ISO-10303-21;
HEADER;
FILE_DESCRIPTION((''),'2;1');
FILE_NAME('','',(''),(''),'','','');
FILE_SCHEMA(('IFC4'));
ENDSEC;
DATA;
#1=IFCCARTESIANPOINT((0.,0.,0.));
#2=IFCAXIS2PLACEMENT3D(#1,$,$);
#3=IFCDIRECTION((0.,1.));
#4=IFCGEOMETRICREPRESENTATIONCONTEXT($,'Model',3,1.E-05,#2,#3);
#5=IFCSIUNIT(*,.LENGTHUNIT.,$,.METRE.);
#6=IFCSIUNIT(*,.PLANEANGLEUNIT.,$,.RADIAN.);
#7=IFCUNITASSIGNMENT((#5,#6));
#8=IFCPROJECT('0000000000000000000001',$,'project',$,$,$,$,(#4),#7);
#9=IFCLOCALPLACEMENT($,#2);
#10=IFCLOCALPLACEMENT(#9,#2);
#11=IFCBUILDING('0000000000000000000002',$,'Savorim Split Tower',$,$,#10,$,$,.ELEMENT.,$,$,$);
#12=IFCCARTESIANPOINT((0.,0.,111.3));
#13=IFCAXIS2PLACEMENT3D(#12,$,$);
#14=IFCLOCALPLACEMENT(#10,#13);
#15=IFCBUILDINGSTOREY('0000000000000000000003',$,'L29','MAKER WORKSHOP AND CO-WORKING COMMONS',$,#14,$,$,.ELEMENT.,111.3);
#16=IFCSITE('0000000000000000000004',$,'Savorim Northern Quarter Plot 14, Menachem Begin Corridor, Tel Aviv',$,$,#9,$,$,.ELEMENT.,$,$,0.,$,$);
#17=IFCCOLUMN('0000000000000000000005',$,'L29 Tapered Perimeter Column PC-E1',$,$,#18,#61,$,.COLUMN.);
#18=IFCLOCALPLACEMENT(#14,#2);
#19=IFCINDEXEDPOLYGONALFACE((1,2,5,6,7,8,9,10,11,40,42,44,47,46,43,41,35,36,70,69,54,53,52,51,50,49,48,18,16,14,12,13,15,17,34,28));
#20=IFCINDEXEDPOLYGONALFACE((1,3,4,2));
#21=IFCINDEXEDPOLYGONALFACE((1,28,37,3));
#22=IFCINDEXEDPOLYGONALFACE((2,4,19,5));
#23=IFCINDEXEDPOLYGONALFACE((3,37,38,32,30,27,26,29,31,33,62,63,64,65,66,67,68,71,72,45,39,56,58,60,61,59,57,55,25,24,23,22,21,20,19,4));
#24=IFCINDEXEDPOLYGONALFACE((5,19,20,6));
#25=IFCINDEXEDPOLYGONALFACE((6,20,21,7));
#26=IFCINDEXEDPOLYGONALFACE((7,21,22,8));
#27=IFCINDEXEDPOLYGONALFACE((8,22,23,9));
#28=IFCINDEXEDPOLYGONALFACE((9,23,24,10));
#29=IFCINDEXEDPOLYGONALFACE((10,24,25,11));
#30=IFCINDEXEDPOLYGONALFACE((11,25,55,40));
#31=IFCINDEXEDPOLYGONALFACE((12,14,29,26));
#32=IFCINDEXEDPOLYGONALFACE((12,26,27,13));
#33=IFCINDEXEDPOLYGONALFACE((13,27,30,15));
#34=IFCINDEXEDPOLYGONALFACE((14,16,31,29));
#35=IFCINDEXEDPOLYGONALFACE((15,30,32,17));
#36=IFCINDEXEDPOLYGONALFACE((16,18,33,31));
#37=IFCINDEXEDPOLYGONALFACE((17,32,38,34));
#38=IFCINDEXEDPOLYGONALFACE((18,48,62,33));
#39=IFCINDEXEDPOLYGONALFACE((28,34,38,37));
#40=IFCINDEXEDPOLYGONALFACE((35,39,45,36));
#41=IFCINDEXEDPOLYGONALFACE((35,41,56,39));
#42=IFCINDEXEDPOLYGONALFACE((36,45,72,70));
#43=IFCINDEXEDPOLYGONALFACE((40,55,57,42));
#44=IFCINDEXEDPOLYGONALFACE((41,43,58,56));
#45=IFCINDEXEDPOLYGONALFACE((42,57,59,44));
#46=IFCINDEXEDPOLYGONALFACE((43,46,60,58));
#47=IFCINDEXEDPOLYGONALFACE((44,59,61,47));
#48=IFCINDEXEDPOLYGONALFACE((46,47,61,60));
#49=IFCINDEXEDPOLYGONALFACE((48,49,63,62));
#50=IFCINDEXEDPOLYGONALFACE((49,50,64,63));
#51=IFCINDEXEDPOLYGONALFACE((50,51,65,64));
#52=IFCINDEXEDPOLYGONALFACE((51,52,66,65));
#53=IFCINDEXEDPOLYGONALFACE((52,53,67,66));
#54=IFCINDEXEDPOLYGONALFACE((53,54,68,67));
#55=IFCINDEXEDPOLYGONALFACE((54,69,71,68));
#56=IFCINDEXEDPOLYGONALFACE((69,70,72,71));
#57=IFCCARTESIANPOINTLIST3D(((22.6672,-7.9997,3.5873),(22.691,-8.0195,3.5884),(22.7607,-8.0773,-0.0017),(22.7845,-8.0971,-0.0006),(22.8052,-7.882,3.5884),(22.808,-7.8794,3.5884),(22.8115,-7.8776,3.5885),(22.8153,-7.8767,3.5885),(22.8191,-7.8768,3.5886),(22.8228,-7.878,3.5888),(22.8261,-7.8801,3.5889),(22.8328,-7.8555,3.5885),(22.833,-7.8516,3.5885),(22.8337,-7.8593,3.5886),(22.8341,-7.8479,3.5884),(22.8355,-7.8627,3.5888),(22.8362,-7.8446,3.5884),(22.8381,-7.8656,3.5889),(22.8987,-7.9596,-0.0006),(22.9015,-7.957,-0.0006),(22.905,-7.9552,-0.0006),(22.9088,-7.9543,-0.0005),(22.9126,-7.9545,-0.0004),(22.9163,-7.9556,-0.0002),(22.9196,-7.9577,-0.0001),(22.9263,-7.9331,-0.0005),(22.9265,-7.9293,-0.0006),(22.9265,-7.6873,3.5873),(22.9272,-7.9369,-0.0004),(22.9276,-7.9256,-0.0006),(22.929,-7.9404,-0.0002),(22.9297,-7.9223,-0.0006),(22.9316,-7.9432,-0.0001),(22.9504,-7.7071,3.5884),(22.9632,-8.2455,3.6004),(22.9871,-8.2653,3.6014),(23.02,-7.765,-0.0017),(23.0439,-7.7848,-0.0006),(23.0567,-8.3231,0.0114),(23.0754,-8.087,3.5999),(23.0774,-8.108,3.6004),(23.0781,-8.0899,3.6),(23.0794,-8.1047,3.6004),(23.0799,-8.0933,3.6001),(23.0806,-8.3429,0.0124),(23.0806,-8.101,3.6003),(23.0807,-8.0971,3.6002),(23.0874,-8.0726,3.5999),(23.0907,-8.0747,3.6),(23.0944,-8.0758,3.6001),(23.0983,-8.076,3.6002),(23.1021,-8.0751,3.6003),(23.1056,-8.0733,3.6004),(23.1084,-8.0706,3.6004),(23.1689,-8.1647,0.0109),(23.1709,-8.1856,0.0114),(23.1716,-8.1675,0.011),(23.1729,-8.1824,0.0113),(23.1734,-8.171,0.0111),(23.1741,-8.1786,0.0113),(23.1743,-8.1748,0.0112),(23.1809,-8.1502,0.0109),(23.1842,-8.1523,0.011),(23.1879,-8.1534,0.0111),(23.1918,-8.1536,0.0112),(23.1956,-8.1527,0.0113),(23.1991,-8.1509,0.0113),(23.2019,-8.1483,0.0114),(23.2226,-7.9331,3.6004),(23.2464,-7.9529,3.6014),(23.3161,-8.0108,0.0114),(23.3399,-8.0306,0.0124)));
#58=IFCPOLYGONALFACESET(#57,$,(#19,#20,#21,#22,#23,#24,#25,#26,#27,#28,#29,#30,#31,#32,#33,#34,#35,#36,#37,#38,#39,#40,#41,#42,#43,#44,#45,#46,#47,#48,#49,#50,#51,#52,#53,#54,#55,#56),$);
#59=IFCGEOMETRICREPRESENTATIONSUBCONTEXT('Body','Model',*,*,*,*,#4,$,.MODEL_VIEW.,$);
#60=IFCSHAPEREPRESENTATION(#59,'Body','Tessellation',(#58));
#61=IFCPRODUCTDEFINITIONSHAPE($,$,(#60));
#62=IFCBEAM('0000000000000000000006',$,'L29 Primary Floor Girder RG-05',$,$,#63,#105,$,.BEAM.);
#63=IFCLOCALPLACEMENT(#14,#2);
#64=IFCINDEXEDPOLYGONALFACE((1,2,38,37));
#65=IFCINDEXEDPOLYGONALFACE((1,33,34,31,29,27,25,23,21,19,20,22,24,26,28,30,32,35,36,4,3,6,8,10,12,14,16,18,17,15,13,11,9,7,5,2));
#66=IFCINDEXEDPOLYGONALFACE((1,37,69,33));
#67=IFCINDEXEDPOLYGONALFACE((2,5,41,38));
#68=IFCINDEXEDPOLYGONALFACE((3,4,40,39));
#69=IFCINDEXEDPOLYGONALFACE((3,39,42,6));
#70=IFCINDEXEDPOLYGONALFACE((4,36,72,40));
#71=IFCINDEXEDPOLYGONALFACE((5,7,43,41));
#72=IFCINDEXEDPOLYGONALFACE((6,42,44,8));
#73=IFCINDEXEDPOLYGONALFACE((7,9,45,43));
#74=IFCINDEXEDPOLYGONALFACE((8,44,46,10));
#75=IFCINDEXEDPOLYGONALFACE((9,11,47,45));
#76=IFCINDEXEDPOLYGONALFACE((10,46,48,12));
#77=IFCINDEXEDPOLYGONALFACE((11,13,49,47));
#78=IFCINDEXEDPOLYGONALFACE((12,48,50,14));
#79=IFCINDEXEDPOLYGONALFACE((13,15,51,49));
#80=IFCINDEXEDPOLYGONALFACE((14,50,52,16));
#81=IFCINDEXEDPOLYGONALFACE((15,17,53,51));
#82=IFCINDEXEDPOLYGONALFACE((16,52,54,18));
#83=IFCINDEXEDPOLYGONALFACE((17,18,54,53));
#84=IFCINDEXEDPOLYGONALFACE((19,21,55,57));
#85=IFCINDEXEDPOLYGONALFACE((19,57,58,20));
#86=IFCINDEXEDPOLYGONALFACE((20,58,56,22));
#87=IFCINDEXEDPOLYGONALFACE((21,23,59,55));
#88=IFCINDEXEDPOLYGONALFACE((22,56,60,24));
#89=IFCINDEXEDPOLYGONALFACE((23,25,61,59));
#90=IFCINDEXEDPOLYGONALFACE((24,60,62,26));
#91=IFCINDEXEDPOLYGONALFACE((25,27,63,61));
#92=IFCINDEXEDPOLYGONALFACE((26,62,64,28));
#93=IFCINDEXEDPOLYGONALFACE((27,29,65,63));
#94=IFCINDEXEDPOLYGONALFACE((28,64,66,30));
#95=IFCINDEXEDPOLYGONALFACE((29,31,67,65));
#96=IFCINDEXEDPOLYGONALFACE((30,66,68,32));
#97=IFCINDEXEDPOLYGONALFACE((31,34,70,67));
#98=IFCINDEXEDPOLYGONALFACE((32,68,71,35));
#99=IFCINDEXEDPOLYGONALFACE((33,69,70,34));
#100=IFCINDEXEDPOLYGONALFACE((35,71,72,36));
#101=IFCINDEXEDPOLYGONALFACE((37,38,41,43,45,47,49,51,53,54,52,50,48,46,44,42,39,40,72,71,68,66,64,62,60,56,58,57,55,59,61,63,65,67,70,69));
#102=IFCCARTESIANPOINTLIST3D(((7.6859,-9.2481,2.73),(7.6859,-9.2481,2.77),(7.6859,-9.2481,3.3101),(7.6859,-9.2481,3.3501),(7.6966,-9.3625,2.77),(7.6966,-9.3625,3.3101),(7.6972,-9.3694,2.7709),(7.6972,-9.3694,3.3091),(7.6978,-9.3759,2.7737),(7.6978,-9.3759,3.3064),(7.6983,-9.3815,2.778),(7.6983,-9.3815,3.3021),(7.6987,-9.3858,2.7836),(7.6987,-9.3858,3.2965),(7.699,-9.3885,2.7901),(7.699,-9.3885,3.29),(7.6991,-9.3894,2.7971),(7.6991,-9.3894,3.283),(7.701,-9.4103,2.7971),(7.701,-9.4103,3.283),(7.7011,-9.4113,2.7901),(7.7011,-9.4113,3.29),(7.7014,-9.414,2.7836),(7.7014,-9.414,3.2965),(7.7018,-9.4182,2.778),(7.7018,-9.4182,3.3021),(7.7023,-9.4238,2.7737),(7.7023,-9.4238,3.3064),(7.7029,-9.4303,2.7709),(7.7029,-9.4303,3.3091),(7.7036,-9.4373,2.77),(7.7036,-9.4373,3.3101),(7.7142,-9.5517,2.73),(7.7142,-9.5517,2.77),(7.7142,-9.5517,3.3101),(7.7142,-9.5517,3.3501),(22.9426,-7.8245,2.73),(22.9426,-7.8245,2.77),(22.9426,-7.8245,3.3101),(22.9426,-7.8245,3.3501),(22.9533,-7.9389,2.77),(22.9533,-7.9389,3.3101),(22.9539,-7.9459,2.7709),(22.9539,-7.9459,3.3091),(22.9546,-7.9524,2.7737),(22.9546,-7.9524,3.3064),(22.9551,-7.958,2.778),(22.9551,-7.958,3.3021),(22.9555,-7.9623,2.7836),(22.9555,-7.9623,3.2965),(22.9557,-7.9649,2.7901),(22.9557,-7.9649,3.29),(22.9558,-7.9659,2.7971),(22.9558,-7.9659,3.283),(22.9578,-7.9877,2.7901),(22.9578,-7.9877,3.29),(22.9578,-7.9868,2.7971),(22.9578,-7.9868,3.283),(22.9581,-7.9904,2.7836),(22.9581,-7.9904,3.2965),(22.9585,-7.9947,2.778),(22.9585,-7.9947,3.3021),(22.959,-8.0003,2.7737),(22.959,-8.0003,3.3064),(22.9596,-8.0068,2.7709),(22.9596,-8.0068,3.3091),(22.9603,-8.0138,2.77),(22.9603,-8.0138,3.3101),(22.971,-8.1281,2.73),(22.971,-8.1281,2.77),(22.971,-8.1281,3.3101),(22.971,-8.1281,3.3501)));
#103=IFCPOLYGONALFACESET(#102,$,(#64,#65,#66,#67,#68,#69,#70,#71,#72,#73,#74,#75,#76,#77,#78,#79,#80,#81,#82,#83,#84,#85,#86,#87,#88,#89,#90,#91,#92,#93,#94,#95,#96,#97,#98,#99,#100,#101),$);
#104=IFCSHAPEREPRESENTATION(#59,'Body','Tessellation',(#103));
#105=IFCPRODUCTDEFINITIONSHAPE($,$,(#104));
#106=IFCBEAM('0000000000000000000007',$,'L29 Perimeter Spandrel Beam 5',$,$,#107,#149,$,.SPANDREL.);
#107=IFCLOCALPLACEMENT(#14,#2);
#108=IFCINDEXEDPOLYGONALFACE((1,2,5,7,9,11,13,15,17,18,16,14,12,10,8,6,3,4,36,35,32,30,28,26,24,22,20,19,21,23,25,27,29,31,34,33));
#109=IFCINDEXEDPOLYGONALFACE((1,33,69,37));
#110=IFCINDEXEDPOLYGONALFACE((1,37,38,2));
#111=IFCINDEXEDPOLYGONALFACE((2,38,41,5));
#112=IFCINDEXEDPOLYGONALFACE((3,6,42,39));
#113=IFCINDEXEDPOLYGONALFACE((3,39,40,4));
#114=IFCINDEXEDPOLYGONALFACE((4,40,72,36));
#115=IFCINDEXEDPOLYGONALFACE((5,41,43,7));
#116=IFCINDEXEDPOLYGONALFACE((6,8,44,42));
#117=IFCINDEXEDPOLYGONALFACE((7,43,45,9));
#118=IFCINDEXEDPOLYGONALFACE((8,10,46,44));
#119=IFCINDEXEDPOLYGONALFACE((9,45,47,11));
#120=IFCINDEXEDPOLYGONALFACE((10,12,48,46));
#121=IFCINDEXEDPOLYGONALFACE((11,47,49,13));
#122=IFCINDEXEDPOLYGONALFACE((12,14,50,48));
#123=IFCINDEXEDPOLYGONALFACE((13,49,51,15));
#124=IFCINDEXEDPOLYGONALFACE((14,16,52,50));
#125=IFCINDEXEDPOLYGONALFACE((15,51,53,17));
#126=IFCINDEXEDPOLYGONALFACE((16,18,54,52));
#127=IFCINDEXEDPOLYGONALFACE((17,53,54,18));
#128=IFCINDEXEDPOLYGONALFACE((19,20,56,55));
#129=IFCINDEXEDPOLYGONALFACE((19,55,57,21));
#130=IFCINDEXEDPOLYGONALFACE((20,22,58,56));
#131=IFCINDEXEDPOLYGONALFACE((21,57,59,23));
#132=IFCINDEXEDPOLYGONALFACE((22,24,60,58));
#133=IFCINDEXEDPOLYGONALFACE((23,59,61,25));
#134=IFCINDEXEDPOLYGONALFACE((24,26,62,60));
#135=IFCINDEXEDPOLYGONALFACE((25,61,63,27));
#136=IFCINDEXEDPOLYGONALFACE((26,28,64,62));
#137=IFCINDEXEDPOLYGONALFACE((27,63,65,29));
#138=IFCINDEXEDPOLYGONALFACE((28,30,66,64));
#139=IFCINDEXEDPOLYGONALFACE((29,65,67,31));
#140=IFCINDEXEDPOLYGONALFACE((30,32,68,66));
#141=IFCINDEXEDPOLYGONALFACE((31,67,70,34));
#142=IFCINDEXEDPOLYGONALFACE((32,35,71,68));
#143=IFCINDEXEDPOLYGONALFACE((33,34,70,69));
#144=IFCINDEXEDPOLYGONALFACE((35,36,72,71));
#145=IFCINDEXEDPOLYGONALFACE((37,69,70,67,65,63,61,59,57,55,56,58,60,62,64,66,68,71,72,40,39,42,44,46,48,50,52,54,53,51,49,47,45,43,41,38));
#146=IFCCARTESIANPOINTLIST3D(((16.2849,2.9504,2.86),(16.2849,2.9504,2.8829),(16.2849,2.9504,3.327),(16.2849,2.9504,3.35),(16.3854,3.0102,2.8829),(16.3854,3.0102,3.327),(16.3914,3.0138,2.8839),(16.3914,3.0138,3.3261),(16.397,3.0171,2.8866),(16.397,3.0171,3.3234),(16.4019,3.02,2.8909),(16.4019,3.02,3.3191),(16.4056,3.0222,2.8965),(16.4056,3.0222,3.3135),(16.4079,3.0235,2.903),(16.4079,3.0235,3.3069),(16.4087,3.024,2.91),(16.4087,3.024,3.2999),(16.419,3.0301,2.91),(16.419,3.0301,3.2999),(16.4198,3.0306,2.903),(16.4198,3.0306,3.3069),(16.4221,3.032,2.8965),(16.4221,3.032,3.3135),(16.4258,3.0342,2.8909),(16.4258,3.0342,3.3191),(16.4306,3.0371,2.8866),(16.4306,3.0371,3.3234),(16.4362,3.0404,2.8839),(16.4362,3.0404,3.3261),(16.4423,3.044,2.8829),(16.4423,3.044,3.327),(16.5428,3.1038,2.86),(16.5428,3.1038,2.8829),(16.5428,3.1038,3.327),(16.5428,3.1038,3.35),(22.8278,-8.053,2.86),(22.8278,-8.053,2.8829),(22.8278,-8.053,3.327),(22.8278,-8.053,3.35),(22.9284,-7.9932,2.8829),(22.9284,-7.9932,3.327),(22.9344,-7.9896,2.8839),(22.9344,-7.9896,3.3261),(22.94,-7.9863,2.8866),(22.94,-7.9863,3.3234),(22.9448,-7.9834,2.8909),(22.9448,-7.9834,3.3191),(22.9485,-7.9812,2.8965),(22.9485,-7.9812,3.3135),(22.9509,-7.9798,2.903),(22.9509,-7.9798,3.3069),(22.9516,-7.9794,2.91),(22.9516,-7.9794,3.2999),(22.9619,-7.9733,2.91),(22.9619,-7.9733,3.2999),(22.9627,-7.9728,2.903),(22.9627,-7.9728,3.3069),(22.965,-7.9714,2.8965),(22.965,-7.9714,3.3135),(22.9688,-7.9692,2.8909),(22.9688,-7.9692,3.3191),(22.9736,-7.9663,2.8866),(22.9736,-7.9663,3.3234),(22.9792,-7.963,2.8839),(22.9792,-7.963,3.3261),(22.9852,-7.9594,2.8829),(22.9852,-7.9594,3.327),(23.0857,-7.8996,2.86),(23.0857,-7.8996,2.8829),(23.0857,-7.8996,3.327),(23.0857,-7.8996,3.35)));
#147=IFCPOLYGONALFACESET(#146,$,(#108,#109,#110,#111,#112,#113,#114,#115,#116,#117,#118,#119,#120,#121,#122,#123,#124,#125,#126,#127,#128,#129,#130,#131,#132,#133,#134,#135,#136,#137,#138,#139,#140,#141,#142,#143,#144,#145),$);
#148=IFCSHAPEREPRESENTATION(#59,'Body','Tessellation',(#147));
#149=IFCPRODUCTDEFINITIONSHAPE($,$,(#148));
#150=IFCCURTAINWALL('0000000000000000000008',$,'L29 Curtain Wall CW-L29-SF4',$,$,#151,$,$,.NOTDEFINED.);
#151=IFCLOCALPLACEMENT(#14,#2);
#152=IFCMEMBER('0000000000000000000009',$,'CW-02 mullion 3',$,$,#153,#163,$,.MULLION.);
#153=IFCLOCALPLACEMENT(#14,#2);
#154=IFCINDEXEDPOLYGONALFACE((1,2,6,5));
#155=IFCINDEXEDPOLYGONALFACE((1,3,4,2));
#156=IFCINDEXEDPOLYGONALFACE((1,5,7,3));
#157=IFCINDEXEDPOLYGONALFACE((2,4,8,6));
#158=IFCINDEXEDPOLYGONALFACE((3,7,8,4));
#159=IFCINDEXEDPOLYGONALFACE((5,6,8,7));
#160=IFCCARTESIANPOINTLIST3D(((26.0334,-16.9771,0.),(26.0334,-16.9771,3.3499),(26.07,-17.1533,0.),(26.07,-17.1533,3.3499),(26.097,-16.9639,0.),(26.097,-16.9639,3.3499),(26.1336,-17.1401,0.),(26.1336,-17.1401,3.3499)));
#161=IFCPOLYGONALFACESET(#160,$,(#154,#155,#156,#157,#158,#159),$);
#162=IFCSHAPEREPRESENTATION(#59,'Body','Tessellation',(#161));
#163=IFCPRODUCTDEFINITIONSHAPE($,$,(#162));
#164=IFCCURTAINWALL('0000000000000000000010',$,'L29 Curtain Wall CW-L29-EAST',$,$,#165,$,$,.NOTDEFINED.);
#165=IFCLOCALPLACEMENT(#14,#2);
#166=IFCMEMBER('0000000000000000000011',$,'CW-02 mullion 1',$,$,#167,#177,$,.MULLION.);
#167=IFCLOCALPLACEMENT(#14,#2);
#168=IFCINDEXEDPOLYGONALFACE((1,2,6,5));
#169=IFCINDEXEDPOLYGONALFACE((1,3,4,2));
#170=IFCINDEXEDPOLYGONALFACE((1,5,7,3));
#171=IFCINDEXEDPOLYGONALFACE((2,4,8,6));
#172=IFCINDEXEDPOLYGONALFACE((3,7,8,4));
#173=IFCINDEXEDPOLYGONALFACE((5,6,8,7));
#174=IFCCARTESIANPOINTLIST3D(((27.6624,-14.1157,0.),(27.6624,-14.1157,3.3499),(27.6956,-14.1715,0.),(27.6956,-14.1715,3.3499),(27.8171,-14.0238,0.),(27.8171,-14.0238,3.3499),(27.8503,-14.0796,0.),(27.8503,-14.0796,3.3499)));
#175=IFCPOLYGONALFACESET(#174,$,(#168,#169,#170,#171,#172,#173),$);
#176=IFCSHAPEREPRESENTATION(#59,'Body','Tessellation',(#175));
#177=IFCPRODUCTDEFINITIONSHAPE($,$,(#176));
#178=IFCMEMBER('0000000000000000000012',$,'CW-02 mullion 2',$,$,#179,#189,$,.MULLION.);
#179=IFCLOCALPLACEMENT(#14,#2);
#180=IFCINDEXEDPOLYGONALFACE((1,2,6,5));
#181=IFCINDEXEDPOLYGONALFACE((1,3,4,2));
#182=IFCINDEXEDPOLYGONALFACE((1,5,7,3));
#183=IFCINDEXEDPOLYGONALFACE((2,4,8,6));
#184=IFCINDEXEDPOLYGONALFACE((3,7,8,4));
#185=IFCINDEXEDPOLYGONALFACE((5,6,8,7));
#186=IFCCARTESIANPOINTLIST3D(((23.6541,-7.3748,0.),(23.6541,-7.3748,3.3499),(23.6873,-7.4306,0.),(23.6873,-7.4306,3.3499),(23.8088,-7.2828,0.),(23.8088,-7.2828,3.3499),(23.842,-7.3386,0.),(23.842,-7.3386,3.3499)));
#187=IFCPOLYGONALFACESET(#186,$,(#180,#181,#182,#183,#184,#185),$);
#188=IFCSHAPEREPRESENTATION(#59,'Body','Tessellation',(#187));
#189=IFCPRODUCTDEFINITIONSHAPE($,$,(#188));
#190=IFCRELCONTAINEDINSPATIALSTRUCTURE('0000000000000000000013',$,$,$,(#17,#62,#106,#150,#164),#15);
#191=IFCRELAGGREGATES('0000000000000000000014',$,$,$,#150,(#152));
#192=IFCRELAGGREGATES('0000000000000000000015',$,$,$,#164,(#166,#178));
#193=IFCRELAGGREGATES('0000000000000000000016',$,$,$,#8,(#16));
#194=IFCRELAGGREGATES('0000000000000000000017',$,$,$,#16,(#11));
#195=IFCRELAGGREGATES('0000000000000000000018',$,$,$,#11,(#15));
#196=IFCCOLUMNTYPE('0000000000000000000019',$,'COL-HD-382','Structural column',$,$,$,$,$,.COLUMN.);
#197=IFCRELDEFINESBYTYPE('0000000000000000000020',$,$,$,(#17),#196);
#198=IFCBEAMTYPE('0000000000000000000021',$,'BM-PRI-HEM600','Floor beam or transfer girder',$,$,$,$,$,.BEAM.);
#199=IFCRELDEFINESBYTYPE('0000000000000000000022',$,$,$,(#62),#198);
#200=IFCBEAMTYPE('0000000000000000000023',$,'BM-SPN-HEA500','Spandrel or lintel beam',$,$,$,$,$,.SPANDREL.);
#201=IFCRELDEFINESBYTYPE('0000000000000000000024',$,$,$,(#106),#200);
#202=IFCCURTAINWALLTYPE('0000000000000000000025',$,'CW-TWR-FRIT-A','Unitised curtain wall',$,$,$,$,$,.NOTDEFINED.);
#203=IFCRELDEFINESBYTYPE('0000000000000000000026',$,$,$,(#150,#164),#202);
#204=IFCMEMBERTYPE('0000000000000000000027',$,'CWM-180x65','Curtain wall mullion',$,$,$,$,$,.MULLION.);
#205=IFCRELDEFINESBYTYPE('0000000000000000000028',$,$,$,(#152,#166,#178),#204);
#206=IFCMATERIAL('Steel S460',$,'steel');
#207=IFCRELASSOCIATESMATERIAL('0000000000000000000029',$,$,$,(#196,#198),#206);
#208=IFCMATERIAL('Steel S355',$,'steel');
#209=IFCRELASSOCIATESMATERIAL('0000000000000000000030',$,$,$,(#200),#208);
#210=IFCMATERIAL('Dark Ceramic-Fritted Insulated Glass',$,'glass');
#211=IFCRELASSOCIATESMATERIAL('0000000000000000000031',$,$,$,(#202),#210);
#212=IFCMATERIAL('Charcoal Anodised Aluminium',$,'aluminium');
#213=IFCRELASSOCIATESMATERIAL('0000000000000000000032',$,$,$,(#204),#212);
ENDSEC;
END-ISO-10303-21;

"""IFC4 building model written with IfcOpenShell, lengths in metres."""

from ifc_helpers import new_model, si_unit, direction, frame, origin, origin_2d, place, context, subcontext, project, spatial, rectangle, i_section, extrude, material, material_profile, profile_set, type_object, element, aggregate, save


model = new_model("IFC4")

# Units and contexts
model_context = context("Model", 3, precision=1e-05, world=origin(), true_north=direction((0.0, 1.0)))
body_context = subcontext(model_context, "Body", "Model", "MODEL_VIEW")
ifc_project = project(units=[si_unit("LENGTHUNIT", "METRE"), si_unit("PLANEANGLEUNIT", "RADIAN")], contexts=[model_context])

# Site, building, storey
site_placement = place(None, origin())
site = spatial("IfcSite", under=ifc_project, at=site_placement, Name="Savorim Northern Quarter Plot 14, Menachem Begin Corridor, Tel Aviv", CompositionType="ELEMENT", RefElevation=0.0)
building_placement = place(site_placement, origin())
building = spatial("IfcBuilding", under=site, at=building_placement, Name="Savorim Split Tower", CompositionType="ELEMENT")
storey_placement = place(building_placement, frame((0.0, 0.0, 111.3)))
storey = spatial("IfcBuildingStorey", under=building, at=storey_placement, Name="L29", Description="MAKER WORKSHOP AND CO-WORKING COMMONS", CompositionType="ELEMENT", Elevation=111.3)

# Column
ifc_material_1 = material(Name="Steel S460", Category="steel")
ifc_material_profile_1 = material_profile(ifc_material_1, i_section(OverallWidth=0.406, OverallDepth=0.416, WebThickness=0.0188, FlangeThickness=0.031, FilletRadius=0.0149, at=origin_2d()), Name="HD 400x382")
ifc_profile_set_1 = profile_set([ifc_material_profile_1], Name="Steel S460")
column_type = type_object("IfcColumnType", Name="COL-HD-382", Description="Structural column", PredefinedType="COLUMN", material=ifc_profile_set_1)
column_placement = place(storey_placement, frame((23.0503, -8.054, 0.0054), z_axis=(-0.026038, 0.021619, 0.999427), x_axis=(-0.6388, -0.769373, 0.0)))
element("IfcColumn", 1, at=column_placement, inside=storey, type_object=column_type, Name="L29 Tapered Perimeter Column PC-E1", PredefinedType="COLUMN", context=body_context, shape_type="SweptSolid", body=[
    extrude(i_section(OverallWidth=0.406, OverallDepth=0.416, WebThickness=0.0188, FlangeThickness=0.031, FilletRadius=0.0149, at=origin_2d()), origin(), (0.0, 0.0, 1.0), 3.5911),
])

# Beams
ifc_material_profile_2 = material_profile(ifc_material_1, i_section(OverallWidth=0.3049, OverallDepth=0.6201, WebThickness=0.021, FlangeThickness=0.04, FilletRadius=0.0271, at=origin_2d()), Name="HE 600 M")
ifc_profile_set_2 = profile_set([ifc_material_profile_2], Name="Steel S460")
beam_type_1 = type_object("IfcBeamType", Name="BM-PRI-HEM600", Description="Floor beam or transfer girder", PredefinedType="BEAM", material=ifc_profile_set_2)
beam_1_placement = place(storey_placement, frame((22.9568, -7.9763, 3.04), z_axis=(-0.995675, -0.092904, 0.0), x_axis=(0.092904, -0.995675, 0.0)))
element("IfcBeam", 2, at=beam_1_placement, inside=storey, type_object=beam_type_1, Name="L29 Primary Floor Girder RG-05", PredefinedType="BEAM", context=body_context, shape_type="SweptSolid", body=[
    extrude(i_section(OverallWidth=0.3049, OverallDepth=0.6201, WebThickness=0.021, FlangeThickness=0.04, FilletRadius=0.0271, at=origin_2d()), origin(), (0.0, 0.0, 1.0), 15.323),
])
ifc_material_2 = material(Name="Steel S355", Category="steel")
ifc_material_profile_3 = material_profile(ifc_material_2, i_section(OverallWidth=0.3, OverallDepth=0.49, WebThickness=0.012, FlangeThickness=0.0229, FilletRadius=0.0271, at=origin_2d()), Name="HEA 500")
ifc_profile_set_3 = profile_set([ifc_material_profile_3], Name="Steel S355")
beam_type_2 = type_object("IfcBeamType", Name="BM-SPN-HEA500", Description="Spandrel or lintel beam", PredefinedType="SPANDREL", material=ifc_profile_set_3)
beam_2_placement = place(storey_placement, frame((22.9568, -7.9763, 3.105), z_axis=(-0.511098, 0.859522, 0.0), x_axis=(-0.859522, -0.511098, 0.0)))
element("IfcBeam", 3, at=beam_2_placement, inside=storey, type_object=beam_type_2, Name="L29 Perimeter Spandrel Beam 5", PredefinedType="SPANDREL", context=body_context, shape_type="SweptSolid", body=[
    extrude(i_section(OverallWidth=0.3, OverallDepth=0.49, WebThickness=0.012, FlangeThickness=0.0229, FilletRadius=0.0271, at=origin_2d()), origin(), (0.0, 0.0, 1.0), 12.8018),
])

# Curtain wall, member
ifc_material_3 = material(Name="Dark Ceramic-Fritted Insulated Glass", Category="glass")
curtain_wall_type = type_object("IfcCurtainWallType", Name="CW-TWR-FRIT-A", Description="Unitised curtain wall", PredefinedType="NOTDEFINED", material=ifc_material_3)
curtain_wall_1_placement = place(storey_placement, origin())
curtain_wall_1 = element("IfcCurtainWall", 4, at=curtain_wall_1_placement, inside=storey, type_object=curtain_wall_type, Name="L29 Curtain Wall CW-L29-SF4", PredefinedType="NOTDEFINED")
ifc_material_4 = material(Name="Charcoal Anodised Aluminium", Category="aluminium")
ifc_material_profile_4 = material_profile(ifc_material_4, rectangle(XDim=0.1799, YDim=0.0649, at=origin_2d()), Name="ALU-M 180x65")
ifc_profile_set_4 = profile_set([ifc_material_profile_4], Name="Charcoal Anodised Aluminium")
member_type_1 = type_object("IfcMemberType", Name="CWM-180x65", Description="Curtain wall mullion", PredefinedType="MULLION", material=ifc_profile_set_4)
member_1_placement = place(storey_placement, frame((26.0835, -17.0586, 0.0), z_axis=(0.0, 0.0, 1.0), x_axis=(-0.203214, 0.979134, 0.0)))
member_1 = element("IfcMember", 5, at=member_1_placement, type_object=member_type_1, Name="CW-02 mullion 3", PredefinedType="MULLION", context=body_context, shape_type="SweptSolid", body=[
    extrude(rectangle(XDim=0.1799, YDim=0.0649, at=origin_2d()), origin(), (0.0, 0.0, 1.0), 3.3499),
])

# Curtain wall, members
curtain_wall_2_placement = place(storey_placement, origin())
curtain_wall_2 = element("IfcCurtainWall", 6, at=curtain_wall_2_placement, inside=storey, type_object=curtain_wall_type, Name="L29 Curtain Wall CW-L29-EAST", PredefinedType="NOTDEFINED")
member_2_placement = place(storey_placement, frame((27.7563, -14.0977, 0.0), z_axis=(0.0, 0.0, 1.0), x_axis=(-0.859525, -0.511093, 0.0)))
member_2 = element("IfcMember", 7, at=member_2_placement, type_object=member_type_1, Name="CW-02 mullion 1", PredefinedType="MULLION", context=body_context, shape_type="SweptSolid", body=[
    extrude(rectangle(XDim=0.1799, YDim=0.0649, at=origin_2d()), origin(), (0.0, 0.0, 1.0), 3.3499),
])
member_3_placement = place(storey_placement, frame((23.748, -7.3567, 0.0), z_axis=(0.0, 0.0, 1.0), x_axis=(-0.859525, -0.511093, 0.0)))
member_3 = element("IfcMember", 8, at=member_3_placement, type_object=member_type_1, Name="CW-02 mullion 2", PredefinedType="MULLION", context=body_context, shape_type="SweptSolid", body=[
    extrude(rectangle(XDim=0.1799, YDim=0.0649, at=origin_2d()), origin(), (0.0, 0.0, 1.0), 3.3499),
])

aggregate(curtain_wall_1, [member_1])
aggregate(curtain_wall_2, [member_2, member_3])

save(model, "model.ifc")
